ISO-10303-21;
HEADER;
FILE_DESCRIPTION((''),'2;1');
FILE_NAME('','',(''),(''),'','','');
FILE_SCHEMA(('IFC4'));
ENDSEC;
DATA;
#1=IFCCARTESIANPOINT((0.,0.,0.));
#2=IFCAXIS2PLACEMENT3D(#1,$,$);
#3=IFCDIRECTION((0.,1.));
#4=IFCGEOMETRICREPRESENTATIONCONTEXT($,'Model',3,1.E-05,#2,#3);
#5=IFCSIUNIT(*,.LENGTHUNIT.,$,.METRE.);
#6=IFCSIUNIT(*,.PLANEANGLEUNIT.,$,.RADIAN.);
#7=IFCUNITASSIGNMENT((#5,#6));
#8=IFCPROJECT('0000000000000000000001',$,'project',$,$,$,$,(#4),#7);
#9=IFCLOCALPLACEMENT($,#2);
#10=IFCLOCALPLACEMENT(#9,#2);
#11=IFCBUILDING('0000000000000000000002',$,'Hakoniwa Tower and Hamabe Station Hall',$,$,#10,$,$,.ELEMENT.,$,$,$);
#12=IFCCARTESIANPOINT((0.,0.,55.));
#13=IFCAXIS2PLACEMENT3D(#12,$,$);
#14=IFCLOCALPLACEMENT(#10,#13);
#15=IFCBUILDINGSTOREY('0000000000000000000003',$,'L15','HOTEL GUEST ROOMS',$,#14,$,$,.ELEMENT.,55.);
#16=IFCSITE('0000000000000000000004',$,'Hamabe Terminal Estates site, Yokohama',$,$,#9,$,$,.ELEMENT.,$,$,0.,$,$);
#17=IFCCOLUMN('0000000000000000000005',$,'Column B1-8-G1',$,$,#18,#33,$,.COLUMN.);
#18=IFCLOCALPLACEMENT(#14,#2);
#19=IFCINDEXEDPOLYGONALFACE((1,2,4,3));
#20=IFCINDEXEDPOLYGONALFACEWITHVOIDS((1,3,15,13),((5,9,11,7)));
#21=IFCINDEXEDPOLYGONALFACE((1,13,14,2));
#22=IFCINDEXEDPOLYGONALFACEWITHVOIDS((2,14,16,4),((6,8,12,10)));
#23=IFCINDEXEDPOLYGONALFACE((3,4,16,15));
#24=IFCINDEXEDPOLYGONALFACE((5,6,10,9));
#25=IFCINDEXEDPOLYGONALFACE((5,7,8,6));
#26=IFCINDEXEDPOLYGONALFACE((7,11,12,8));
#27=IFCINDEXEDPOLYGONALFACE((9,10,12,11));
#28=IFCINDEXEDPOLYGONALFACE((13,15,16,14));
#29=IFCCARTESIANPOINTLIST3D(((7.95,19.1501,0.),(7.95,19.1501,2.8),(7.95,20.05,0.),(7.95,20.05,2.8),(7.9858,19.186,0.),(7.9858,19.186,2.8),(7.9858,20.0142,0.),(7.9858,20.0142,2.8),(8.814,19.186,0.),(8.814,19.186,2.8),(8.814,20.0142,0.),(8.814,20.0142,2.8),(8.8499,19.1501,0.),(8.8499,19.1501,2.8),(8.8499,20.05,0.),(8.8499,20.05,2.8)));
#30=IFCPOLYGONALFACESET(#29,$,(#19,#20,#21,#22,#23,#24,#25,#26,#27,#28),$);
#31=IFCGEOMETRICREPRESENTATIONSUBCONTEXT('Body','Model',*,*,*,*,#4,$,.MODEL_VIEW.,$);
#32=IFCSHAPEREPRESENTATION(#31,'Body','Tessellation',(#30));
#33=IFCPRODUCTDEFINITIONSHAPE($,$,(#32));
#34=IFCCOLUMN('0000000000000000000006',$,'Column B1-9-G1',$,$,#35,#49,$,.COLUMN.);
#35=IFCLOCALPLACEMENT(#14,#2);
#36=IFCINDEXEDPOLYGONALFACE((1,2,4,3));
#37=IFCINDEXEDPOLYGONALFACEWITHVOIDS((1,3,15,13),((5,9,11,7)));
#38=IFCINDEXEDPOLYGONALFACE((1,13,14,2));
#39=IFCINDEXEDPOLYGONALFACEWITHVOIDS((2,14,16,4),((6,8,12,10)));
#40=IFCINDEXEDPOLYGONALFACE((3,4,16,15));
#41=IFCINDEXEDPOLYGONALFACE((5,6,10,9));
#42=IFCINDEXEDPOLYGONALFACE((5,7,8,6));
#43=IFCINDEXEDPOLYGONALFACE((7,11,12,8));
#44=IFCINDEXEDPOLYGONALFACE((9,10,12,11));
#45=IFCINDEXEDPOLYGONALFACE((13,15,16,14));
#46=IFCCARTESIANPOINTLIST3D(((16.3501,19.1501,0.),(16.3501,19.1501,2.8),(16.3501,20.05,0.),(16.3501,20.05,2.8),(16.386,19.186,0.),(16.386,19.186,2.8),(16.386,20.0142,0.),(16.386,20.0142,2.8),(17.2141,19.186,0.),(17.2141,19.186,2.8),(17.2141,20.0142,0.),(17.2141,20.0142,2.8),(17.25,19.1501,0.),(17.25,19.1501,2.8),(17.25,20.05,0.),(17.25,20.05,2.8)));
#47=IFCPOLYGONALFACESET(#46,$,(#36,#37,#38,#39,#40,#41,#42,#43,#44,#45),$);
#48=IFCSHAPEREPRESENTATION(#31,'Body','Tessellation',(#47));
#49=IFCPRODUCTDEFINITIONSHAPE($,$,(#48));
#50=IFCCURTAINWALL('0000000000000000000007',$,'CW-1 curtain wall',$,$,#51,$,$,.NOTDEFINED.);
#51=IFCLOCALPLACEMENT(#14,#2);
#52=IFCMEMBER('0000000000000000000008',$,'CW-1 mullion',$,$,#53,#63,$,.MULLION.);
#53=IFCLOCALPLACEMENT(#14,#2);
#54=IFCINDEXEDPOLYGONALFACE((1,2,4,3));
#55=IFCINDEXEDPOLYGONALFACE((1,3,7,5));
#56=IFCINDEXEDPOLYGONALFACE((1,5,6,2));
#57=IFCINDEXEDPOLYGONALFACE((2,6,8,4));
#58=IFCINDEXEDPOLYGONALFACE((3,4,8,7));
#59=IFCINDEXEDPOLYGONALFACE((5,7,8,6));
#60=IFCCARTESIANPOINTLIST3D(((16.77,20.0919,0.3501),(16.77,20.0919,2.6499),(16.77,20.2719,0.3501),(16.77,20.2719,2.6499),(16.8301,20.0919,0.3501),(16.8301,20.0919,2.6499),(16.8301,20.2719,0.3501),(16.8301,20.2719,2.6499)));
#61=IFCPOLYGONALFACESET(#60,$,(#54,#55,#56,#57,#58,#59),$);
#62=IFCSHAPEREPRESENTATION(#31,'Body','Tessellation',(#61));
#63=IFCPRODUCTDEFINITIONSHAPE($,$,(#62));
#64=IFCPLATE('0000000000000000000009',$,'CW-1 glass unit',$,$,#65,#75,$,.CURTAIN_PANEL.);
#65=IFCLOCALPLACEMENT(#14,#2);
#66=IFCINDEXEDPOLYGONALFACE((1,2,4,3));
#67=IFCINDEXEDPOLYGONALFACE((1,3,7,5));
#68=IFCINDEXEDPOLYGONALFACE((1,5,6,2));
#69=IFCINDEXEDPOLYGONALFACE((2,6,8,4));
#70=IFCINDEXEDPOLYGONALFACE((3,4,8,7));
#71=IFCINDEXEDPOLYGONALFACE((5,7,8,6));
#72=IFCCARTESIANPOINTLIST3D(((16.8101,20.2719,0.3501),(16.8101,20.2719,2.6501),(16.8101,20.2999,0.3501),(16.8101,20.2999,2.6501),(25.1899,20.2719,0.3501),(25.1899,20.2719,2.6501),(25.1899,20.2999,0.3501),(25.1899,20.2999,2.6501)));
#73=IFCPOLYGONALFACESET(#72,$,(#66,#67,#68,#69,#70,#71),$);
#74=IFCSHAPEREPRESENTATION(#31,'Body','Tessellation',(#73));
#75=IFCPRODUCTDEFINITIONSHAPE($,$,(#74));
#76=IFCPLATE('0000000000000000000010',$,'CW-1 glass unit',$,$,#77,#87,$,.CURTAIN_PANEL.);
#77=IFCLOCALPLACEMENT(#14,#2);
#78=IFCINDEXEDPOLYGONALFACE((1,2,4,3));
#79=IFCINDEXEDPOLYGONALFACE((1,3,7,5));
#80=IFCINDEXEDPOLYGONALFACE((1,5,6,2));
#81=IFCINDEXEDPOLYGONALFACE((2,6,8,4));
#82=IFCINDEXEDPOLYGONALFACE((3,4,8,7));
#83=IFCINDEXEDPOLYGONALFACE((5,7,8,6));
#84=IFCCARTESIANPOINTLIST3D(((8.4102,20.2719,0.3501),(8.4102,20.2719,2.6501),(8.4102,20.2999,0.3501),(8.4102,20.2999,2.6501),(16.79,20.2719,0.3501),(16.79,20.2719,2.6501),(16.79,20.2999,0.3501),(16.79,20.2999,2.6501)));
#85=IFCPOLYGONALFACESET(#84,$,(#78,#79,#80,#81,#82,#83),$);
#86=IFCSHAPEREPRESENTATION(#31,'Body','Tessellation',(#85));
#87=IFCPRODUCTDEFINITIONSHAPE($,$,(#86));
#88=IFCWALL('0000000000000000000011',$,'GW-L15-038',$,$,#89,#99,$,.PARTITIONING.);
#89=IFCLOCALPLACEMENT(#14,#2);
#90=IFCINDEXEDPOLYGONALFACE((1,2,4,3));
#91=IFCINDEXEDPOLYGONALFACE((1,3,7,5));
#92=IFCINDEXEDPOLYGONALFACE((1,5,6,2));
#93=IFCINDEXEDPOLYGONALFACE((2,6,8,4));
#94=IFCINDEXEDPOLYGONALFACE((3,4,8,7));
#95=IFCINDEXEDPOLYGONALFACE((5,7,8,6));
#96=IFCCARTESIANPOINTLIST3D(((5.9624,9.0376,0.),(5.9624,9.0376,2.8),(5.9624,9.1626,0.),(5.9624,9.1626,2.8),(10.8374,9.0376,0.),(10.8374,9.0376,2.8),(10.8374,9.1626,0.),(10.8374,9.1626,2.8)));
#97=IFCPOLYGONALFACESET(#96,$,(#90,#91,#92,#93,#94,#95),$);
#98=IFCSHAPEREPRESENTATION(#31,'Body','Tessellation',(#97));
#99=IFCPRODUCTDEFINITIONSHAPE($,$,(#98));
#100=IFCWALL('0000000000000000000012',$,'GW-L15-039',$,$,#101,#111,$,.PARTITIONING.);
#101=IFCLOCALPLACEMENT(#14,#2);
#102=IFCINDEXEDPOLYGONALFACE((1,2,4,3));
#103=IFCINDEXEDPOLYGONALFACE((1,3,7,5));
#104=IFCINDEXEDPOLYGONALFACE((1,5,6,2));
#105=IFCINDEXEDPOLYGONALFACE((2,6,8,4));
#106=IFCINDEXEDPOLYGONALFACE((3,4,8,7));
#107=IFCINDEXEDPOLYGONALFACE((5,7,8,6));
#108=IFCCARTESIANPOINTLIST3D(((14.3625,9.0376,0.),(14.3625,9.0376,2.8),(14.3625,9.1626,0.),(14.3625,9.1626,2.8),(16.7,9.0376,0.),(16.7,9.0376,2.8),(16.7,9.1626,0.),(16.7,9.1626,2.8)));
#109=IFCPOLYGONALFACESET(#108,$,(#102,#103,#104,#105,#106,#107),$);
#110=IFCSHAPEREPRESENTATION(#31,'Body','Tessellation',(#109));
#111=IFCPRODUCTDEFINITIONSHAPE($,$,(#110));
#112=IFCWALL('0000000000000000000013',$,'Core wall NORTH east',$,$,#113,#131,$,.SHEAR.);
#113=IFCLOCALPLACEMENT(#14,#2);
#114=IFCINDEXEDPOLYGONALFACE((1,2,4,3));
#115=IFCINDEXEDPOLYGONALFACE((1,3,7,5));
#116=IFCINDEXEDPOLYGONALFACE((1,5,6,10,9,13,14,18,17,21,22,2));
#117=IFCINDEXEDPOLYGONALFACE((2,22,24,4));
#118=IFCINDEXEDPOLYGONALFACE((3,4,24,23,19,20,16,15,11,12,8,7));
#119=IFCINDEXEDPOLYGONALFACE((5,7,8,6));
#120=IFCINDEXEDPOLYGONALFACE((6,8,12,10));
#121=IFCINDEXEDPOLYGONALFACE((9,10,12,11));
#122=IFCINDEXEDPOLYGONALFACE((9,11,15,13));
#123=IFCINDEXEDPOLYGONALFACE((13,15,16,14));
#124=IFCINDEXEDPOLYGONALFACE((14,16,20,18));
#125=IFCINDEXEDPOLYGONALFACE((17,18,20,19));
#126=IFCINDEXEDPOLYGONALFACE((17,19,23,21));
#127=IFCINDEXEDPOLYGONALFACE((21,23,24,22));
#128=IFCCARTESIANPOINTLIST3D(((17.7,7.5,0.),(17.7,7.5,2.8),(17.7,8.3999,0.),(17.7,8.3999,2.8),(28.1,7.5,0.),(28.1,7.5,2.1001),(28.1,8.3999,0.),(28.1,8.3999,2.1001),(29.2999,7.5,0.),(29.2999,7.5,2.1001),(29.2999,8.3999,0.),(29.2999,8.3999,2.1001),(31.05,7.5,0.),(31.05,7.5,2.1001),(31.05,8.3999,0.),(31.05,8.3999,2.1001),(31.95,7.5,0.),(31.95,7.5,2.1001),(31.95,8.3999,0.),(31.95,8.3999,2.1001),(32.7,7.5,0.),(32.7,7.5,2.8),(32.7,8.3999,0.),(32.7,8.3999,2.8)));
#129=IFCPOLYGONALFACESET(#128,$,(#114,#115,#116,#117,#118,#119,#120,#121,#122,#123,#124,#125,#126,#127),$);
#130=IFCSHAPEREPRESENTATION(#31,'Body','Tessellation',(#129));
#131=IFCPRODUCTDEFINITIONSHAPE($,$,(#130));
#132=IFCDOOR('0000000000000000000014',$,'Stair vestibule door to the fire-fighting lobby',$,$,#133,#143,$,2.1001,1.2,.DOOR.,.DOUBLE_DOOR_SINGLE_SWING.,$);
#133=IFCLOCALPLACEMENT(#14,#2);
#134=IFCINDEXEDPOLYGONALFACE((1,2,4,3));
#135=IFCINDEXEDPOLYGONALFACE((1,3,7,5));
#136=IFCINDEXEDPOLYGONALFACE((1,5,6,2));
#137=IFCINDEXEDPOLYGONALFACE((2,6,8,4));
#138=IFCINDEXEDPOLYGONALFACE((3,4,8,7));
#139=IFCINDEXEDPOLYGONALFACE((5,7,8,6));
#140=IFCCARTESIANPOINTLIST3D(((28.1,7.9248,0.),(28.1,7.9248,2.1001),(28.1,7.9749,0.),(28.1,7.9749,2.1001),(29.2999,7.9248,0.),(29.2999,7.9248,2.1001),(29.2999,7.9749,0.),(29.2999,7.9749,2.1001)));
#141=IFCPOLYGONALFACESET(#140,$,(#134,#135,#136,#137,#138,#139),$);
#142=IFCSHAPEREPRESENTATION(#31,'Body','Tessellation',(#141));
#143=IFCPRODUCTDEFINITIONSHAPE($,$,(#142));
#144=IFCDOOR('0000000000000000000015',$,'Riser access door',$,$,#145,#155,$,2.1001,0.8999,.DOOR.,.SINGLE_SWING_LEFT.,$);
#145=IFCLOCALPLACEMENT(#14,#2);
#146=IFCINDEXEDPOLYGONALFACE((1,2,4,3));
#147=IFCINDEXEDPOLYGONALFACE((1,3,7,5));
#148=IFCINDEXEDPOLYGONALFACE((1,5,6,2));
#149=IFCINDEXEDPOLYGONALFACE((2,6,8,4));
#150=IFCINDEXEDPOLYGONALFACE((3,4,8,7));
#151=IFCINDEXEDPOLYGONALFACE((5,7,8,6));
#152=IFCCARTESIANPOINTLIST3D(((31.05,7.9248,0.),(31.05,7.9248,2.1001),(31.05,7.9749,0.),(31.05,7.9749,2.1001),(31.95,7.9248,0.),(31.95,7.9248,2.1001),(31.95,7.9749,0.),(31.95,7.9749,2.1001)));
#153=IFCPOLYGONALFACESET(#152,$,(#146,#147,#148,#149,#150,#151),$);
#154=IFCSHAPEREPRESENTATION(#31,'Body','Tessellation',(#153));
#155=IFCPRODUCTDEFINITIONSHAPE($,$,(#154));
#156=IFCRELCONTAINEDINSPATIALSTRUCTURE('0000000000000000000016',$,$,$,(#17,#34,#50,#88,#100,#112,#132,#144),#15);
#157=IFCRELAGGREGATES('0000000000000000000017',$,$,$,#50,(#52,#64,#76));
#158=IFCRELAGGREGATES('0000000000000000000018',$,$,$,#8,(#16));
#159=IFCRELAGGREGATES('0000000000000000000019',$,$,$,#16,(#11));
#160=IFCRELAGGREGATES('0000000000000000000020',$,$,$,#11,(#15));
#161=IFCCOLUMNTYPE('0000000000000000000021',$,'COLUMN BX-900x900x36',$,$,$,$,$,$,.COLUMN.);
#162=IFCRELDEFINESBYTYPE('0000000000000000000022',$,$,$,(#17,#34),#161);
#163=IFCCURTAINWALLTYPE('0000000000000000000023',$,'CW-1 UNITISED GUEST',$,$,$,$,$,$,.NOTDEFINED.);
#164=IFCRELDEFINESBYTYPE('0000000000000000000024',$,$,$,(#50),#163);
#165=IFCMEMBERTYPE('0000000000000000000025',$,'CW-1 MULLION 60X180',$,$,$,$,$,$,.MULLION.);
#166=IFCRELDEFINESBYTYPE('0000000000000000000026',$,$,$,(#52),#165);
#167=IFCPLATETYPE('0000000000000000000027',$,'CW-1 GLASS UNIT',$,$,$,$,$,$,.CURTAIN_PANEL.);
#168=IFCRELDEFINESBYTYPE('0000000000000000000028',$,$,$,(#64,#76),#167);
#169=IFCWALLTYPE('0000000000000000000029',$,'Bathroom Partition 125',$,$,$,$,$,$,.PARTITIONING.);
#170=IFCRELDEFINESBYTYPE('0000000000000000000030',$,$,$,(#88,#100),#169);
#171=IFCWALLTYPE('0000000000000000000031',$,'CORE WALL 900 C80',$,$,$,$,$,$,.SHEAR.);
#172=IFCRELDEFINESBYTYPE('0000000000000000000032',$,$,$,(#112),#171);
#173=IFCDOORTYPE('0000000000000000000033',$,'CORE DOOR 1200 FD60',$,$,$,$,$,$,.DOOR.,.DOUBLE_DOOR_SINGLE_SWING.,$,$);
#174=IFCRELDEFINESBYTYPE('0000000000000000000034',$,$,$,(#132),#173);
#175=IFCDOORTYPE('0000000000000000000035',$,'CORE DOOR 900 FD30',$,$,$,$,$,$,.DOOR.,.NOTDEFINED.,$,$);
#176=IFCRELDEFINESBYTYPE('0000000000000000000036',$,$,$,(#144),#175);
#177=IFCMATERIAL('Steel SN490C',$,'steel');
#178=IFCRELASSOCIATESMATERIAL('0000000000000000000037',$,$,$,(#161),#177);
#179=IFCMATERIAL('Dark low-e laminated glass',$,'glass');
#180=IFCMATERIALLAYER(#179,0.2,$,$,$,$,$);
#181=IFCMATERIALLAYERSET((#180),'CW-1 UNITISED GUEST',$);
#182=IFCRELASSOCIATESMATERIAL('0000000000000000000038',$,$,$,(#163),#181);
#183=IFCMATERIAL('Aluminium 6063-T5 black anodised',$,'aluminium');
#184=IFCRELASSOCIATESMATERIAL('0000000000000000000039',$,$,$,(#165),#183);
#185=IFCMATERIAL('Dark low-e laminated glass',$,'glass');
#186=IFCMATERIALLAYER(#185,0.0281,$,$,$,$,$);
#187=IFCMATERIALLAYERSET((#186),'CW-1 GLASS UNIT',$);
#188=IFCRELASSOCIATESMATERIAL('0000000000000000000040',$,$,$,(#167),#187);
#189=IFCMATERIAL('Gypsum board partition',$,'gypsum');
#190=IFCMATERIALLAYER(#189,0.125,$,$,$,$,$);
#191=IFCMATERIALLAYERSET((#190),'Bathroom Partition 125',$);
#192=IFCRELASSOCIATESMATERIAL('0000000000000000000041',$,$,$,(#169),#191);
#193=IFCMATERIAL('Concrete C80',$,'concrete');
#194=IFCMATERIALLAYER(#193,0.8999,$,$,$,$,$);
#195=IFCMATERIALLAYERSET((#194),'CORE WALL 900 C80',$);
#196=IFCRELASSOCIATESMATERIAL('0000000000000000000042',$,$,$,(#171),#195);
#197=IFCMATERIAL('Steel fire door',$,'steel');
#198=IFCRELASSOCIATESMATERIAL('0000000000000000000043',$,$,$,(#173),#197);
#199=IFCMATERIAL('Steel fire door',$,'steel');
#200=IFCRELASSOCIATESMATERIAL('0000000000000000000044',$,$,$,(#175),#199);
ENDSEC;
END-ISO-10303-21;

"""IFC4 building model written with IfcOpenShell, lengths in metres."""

from ifc_helpers import new_model, si_unit, direction, frame, frame_2d, origin, origin_2d, place, context, subcontext, project, spatial, rectangle, hollow_rectangle, extrude, material, layer, layer_set, material_profile, profile_set, type_object, element, fill, aggregate, save


model = new_model("IFC4")

# Units and contexts
model_context = context("Model", 3, precision=1e-05, world=origin(), true_north=direction((0.0, 1.0)))
body_context = subcontext(model_context, "Body", "Model", "MODEL_VIEW")
ifc_project = project(units=[si_unit("LENGTHUNIT", "METRE"), si_unit("PLANEANGLEUNIT", "RADIAN")], contexts=[model_context])

# Site, building, storey
site_placement = place(None, origin())
site = spatial("IfcSite", under=ifc_project, at=site_placement, Name="Hamabe Terminal Estates site, Yokohama", CompositionType="ELEMENT", RefElevation=0.0)
building_placement = place(site_placement, origin())
building = spatial("IfcBuilding", under=site, at=building_placement, Name="Hakoniwa Tower and Hamabe Station Hall", CompositionType="ELEMENT")
storey_placement = place(building_placement, frame((0.0, 0.0, 55.0)))
storey = spatial("IfcBuildingStorey", under=building, at=storey_placement, Name="L15", Description="HOTEL GUEST ROOMS", CompositionType="ELEMENT", Elevation=55.0)

# Columns
ifc_material_1 = material(Name="Steel SN490C", Category="steel")
ifc_material_profile_1 = material_profile(ifc_material_1, hollow_rectangle(XDim=0.8999, YDim=0.8999, WallThickness=0.0359, at=origin_2d()), Name="BX-900x900x36")
ifc_profile_set_1 = profile_set([ifc_material_profile_1], Name="Steel SN490C")
column_type = type_object("IfcColumnType", Name="COLUMN BX-900x900x36", PredefinedType="COLUMN", material=ifc_profile_set_1)
for number, where, z_axis, x_axis, name in (
    (1, (8.3999, 19.6001, 0.0), (0.0, 0.0, 1.0), (1.0, 0.0, 0.0), "Column B1-8-G1"),
    (2, (16.8, 19.6001, 0.0), (0.0, 0.0, 1.0), (1.0, 0.0, 0.0), "Column B1-9-G1"),
):
    element("IfcColumn", number, at=place(storey_placement, frame(where, z_axis=z_axis, x_axis=x_axis)), inside=storey, type_object=column_type, Name=name, PredefinedType="COLUMN", context=body_context, shape_type="SweptSolid", body=[
        extrude(hollow_rectangle(XDim=0.8999, YDim=0.8999, WallThickness=0.0359, at=origin_2d()), origin(), (0.0, 0.0, 1.0), 2.8),
    ])

# Curtain wall, member, plates
ifc_material_2 = material(Name="Dark low-e laminated glass", Category="glass")
ifc_layer_1 = layer(ifc_material_2, 0.2)
ifc_layer_set_1 = layer_set([ifc_layer_1], Name="CW-1 UNITISED GUEST")
curtain_wall_type = type_object("IfcCurtainWallType", Name="CW-1 UNITISED GUEST", PredefinedType="NOTDEFINED", material=ifc_layer_set_1)
curtain_wall_placement = place(storey_placement, origin())
curtain_wall = element("IfcCurtainWall", 3, at=curtain_wall_placement, inside=storey, type_object=curtain_wall_type, Name="CW-1 curtain wall", PredefinedType="NOTDEFINED")
ifc_material_3 = material(Name="Aluminium 6063-T5 black anodised", Category="aluminium")
ifc_material_profile_2 = material_profile(ifc_material_3, rectangle(XDim=0.0601, YDim=0.1799, at=origin_2d()), Name="CW-1 MULLION 60X180")
ifc_profile_set_2 = profile_set([ifc_material_profile_2], Name="Aluminium 6063-T5 black anodised")
member_type = type_object("IfcMemberType", Name="CW-1 MULLION 60X180", PredefinedType="MULLION", material=ifc_profile_set_2)
member_placement = place(storey_placement, frame((16.8, 20.1819, 0.3501), z_axis=(0.0, 0.0, 1.0), x_axis=(-1.0, 0.0, 0.0)))
member = element("IfcMember", 4, at=member_placement, type_object=member_type, Name="CW-1 mullion", PredefinedType="MULLION", context=body_context, shape_type="SweptSolid", body=[
    extrude(rectangle(XDim=0.0601, YDim=0.1799, at=origin_2d()), origin(), (0.0, 0.0, 1.0), 2.2998),
])
ifc_material_4 = material(Name="Dark low-e laminated glass", Category="glass")
ifc_layer_2 = layer(ifc_material_4, 0.0281)
ifc_layer_set_2 = layer_set([ifc_layer_2], Name="CW-1 GLASS UNIT")
plate_type = type_object("IfcPlateType", Name="CW-1 GLASS UNIT", PredefinedType="CURTAIN_PANEL", material=ifc_layer_set_2)
plate_1_placement = place(storey_placement, frame((21.0, 20.2859, 0.3501), z_axis=(0.0, 0.0, 1.0), x_axis=(-1.0, 0.0, 0.0)))
plate_1 = element("IfcPlate", 5, at=plate_1_placement, type_object=plate_type, Name="CW-1 glass unit", PredefinedType="CURTAIN_PANEL", context=body_context, shape_type="SweptSolid", body=[
    extrude(rectangle(XDim=8.3799, YDim=0.0281, at=origin_2d()), origin(), (0.0, 0.0, 1.0), 2.3),
])
plate_2_placement = place(storey_placement, frame((12.6001, 20.2859, 0.3501), z_axis=(0.0, 0.0, 1.0), x_axis=(-1.0, 0.0, 0.0)))
plate_2 = element("IfcPlate", 6, at=plate_2_placement, type_object=plate_type, Name="CW-1 glass unit", PredefinedType="CURTAIN_PANEL", context=body_context, shape_type="SweptSolid", body=[
    extrude(rectangle(XDim=8.3799, YDim=0.0281, at=origin_2d()), origin(), (0.0, 0.0, 1.0), 2.3),
])
aggregate(curtain_wall, [member, plate_1, plate_2])

# Walls
ifc_material_5 = material(Name="Gypsum board partition", Category="gypsum")
ifc_layer_3 = layer(ifc_material_5, 0.125)
ifc_layer_set_3 = layer_set([ifc_layer_3], Name="Bathroom Partition 125")
wall_type_1 = type_object("IfcWallType", Name="Bathroom Partition 125", PredefinedType="PARTITIONING", material=ifc_layer_set_3)
wall_1_placement = place(storey_placement, frame((5.9624, 9.1001, 0.0), z_axis=(0.0, 0.0, 1.0), x_axis=(1.0, 0.0, 0.0)))
element("IfcWall", 7, at=wall_1_placement, inside=storey, type_object=wall_type_1, Name="GW-L15-038", PredefinedType="PARTITIONING", context=body_context, shape_type="SweptSolid", body=[
    extrude(rectangle(XDim=4.875, YDim=0.125, at=frame_2d((2.4375, 0.0))), origin(), (0.0, 0.0, 1.0), 2.8),
])
wall_2_placement = place(storey_placement, frame((14.3625, 9.1001, 0.0), z_axis=(0.0, 0.0, 1.0), x_axis=(1.0, 0.0, 0.0)))
element("IfcWall", 8, at=wall_2_placement, inside=storey, type_object=wall_type_1, Name="GW-L15-039", PredefinedType="PARTITIONING", context=body_context, shape_type="SweptSolid", body=[
    extrude(rectangle(XDim=2.3374, YDim=0.125, at=frame_2d((1.1687, 0.0))), origin(), (0.0, 0.0, 1.0), 2.8),
])

# Wall, openings, doors
ifc_material_6 = material(Name="Concrete C80", Category="concrete")
ifc_layer_4 = layer(ifc_material_6, 0.8999)
ifc_layer_set_4 = layer_set([ifc_layer_4], Name="CORE WALL 900 C80")
wall_type_2 = type_object("IfcWallType", Name="CORE WALL 900 C80", PredefinedType="SHEAR", material=ifc_layer_set_4)
wall_3_placement = place(storey_placement, frame((17.7, 7.95, 0.0), z_axis=(0.0, 0.0, 1.0), x_axis=(1.0, 0.0, 0.0)))
wall_3 = element("IfcWall", 9, at=wall_3_placement, inside=storey, type_object=wall_type_2, Name="Core wall NORTH east", PredefinedType="SHEAR", context=body_context, shape_type="SweptSolid", body=[
    extrude(rectangle(XDim=15.0, YDim=0.8999, at=frame_2d((7.5, 0.0))), origin(), (0.0, 0.0, 1.0), 2.8),
])
opening_1_placement = place(wall_3_placement, frame((10.3999, 0.0, 0.0)))
opening_1 = element("IfcOpeningElement", 10, at=opening_1_placement, cuts=wall_3, PredefinedType="OPENING", context=body_context, shape_type="SweptSolid", body=[
    extrude(rectangle(XDim=1.2, YDim=2.1001, at=frame_2d((0.6001, 1.05))), frame((0.0, 0.46, 0.0), z_axis=(0.0, -1.0, 0.0), x_axis=(1.0, 0.0, 0.0)), (0.0, 0.0, 1.0), 0.9199),
])
opening_2_placement = place(wall_3_placement, frame((13.3501, 0.0, 0.0)))
opening_2 = element("IfcOpeningElement", 11, at=opening_2_placement, cuts=wall_3, PredefinedType="OPENING", context=body_context, shape_type="SweptSolid", body=[
    extrude(rectangle(XDim=0.8999, YDim=2.1001, at=frame_2d((0.45, 1.05))), frame((0.0, 0.46, 0.0), z_axis=(0.0, -1.0, 0.0), x_axis=(1.0, 0.0, 0.0)), (0.0, 0.0, 1.0), 0.9199),
])
ifc_material_7 = material(Name="Steel fire door", Category="steel")
door_type_1 = type_object("IfcDoorType", Name="CORE DOOR 1200 FD60", OperationType="DOUBLE_DOOR_SINGLE_SWING", PredefinedType="DOOR", material=ifc_material_7)
door_1_placement = place(opening_1_placement, origin())
door_1 = element("IfcDoor", 12, at=door_1_placement, inside=storey, type_object=door_type_1, Name="Stair vestibule door to the fire-fighting lobby", OperationType="DOUBLE_DOOR_SINGLE_SWING", OverallHeight=2.1001, OverallWidth=1.2, PredefinedType="DOOR", context=body_context, shape_type="SweptSolid", body=[
    extrude(rectangle(XDim=1.2, YDim=2.1001, at=frame_2d((0.6001, 1.05))), frame((0.0, 0.0249, 0.0), z_axis=(0.0, -1.0, 0.0), x_axis=(1.0, 0.0, 0.0)), (0.0, 0.0, 1.0), 0.05),
])
fill(opening_1, door_1)
ifc_material_8 = material(Name="Steel fire door", Category="steel")
door_type_2 = type_object("IfcDoorType", Name="CORE DOOR 900 FD30", OperationType="NOTDEFINED", PredefinedType="DOOR", material=ifc_material_8)
door_2_placement = place(opening_2_placement, origin())
door_2 = element("IfcDoor", 13, at=door_2_placement, inside=storey, type_object=door_type_2, Name="Riser access door", OperationType="SINGLE_SWING_LEFT", OverallHeight=2.1001, OverallWidth=0.8999, PredefinedType="DOOR", context=body_context, shape_type="SweptSolid", body=[
    extrude(rectangle(XDim=0.8999, YDim=2.1001, at=frame_2d((0.45, 1.05))), frame((0.0, 0.0249, 0.0), z_axis=(0.0, -1.0, 0.0), x_axis=(1.0, 0.0, 0.0)), (0.0, 0.0, 1.0), 0.05),
])
fill(opening_2, door_2)

save(model, "model.ifc")
